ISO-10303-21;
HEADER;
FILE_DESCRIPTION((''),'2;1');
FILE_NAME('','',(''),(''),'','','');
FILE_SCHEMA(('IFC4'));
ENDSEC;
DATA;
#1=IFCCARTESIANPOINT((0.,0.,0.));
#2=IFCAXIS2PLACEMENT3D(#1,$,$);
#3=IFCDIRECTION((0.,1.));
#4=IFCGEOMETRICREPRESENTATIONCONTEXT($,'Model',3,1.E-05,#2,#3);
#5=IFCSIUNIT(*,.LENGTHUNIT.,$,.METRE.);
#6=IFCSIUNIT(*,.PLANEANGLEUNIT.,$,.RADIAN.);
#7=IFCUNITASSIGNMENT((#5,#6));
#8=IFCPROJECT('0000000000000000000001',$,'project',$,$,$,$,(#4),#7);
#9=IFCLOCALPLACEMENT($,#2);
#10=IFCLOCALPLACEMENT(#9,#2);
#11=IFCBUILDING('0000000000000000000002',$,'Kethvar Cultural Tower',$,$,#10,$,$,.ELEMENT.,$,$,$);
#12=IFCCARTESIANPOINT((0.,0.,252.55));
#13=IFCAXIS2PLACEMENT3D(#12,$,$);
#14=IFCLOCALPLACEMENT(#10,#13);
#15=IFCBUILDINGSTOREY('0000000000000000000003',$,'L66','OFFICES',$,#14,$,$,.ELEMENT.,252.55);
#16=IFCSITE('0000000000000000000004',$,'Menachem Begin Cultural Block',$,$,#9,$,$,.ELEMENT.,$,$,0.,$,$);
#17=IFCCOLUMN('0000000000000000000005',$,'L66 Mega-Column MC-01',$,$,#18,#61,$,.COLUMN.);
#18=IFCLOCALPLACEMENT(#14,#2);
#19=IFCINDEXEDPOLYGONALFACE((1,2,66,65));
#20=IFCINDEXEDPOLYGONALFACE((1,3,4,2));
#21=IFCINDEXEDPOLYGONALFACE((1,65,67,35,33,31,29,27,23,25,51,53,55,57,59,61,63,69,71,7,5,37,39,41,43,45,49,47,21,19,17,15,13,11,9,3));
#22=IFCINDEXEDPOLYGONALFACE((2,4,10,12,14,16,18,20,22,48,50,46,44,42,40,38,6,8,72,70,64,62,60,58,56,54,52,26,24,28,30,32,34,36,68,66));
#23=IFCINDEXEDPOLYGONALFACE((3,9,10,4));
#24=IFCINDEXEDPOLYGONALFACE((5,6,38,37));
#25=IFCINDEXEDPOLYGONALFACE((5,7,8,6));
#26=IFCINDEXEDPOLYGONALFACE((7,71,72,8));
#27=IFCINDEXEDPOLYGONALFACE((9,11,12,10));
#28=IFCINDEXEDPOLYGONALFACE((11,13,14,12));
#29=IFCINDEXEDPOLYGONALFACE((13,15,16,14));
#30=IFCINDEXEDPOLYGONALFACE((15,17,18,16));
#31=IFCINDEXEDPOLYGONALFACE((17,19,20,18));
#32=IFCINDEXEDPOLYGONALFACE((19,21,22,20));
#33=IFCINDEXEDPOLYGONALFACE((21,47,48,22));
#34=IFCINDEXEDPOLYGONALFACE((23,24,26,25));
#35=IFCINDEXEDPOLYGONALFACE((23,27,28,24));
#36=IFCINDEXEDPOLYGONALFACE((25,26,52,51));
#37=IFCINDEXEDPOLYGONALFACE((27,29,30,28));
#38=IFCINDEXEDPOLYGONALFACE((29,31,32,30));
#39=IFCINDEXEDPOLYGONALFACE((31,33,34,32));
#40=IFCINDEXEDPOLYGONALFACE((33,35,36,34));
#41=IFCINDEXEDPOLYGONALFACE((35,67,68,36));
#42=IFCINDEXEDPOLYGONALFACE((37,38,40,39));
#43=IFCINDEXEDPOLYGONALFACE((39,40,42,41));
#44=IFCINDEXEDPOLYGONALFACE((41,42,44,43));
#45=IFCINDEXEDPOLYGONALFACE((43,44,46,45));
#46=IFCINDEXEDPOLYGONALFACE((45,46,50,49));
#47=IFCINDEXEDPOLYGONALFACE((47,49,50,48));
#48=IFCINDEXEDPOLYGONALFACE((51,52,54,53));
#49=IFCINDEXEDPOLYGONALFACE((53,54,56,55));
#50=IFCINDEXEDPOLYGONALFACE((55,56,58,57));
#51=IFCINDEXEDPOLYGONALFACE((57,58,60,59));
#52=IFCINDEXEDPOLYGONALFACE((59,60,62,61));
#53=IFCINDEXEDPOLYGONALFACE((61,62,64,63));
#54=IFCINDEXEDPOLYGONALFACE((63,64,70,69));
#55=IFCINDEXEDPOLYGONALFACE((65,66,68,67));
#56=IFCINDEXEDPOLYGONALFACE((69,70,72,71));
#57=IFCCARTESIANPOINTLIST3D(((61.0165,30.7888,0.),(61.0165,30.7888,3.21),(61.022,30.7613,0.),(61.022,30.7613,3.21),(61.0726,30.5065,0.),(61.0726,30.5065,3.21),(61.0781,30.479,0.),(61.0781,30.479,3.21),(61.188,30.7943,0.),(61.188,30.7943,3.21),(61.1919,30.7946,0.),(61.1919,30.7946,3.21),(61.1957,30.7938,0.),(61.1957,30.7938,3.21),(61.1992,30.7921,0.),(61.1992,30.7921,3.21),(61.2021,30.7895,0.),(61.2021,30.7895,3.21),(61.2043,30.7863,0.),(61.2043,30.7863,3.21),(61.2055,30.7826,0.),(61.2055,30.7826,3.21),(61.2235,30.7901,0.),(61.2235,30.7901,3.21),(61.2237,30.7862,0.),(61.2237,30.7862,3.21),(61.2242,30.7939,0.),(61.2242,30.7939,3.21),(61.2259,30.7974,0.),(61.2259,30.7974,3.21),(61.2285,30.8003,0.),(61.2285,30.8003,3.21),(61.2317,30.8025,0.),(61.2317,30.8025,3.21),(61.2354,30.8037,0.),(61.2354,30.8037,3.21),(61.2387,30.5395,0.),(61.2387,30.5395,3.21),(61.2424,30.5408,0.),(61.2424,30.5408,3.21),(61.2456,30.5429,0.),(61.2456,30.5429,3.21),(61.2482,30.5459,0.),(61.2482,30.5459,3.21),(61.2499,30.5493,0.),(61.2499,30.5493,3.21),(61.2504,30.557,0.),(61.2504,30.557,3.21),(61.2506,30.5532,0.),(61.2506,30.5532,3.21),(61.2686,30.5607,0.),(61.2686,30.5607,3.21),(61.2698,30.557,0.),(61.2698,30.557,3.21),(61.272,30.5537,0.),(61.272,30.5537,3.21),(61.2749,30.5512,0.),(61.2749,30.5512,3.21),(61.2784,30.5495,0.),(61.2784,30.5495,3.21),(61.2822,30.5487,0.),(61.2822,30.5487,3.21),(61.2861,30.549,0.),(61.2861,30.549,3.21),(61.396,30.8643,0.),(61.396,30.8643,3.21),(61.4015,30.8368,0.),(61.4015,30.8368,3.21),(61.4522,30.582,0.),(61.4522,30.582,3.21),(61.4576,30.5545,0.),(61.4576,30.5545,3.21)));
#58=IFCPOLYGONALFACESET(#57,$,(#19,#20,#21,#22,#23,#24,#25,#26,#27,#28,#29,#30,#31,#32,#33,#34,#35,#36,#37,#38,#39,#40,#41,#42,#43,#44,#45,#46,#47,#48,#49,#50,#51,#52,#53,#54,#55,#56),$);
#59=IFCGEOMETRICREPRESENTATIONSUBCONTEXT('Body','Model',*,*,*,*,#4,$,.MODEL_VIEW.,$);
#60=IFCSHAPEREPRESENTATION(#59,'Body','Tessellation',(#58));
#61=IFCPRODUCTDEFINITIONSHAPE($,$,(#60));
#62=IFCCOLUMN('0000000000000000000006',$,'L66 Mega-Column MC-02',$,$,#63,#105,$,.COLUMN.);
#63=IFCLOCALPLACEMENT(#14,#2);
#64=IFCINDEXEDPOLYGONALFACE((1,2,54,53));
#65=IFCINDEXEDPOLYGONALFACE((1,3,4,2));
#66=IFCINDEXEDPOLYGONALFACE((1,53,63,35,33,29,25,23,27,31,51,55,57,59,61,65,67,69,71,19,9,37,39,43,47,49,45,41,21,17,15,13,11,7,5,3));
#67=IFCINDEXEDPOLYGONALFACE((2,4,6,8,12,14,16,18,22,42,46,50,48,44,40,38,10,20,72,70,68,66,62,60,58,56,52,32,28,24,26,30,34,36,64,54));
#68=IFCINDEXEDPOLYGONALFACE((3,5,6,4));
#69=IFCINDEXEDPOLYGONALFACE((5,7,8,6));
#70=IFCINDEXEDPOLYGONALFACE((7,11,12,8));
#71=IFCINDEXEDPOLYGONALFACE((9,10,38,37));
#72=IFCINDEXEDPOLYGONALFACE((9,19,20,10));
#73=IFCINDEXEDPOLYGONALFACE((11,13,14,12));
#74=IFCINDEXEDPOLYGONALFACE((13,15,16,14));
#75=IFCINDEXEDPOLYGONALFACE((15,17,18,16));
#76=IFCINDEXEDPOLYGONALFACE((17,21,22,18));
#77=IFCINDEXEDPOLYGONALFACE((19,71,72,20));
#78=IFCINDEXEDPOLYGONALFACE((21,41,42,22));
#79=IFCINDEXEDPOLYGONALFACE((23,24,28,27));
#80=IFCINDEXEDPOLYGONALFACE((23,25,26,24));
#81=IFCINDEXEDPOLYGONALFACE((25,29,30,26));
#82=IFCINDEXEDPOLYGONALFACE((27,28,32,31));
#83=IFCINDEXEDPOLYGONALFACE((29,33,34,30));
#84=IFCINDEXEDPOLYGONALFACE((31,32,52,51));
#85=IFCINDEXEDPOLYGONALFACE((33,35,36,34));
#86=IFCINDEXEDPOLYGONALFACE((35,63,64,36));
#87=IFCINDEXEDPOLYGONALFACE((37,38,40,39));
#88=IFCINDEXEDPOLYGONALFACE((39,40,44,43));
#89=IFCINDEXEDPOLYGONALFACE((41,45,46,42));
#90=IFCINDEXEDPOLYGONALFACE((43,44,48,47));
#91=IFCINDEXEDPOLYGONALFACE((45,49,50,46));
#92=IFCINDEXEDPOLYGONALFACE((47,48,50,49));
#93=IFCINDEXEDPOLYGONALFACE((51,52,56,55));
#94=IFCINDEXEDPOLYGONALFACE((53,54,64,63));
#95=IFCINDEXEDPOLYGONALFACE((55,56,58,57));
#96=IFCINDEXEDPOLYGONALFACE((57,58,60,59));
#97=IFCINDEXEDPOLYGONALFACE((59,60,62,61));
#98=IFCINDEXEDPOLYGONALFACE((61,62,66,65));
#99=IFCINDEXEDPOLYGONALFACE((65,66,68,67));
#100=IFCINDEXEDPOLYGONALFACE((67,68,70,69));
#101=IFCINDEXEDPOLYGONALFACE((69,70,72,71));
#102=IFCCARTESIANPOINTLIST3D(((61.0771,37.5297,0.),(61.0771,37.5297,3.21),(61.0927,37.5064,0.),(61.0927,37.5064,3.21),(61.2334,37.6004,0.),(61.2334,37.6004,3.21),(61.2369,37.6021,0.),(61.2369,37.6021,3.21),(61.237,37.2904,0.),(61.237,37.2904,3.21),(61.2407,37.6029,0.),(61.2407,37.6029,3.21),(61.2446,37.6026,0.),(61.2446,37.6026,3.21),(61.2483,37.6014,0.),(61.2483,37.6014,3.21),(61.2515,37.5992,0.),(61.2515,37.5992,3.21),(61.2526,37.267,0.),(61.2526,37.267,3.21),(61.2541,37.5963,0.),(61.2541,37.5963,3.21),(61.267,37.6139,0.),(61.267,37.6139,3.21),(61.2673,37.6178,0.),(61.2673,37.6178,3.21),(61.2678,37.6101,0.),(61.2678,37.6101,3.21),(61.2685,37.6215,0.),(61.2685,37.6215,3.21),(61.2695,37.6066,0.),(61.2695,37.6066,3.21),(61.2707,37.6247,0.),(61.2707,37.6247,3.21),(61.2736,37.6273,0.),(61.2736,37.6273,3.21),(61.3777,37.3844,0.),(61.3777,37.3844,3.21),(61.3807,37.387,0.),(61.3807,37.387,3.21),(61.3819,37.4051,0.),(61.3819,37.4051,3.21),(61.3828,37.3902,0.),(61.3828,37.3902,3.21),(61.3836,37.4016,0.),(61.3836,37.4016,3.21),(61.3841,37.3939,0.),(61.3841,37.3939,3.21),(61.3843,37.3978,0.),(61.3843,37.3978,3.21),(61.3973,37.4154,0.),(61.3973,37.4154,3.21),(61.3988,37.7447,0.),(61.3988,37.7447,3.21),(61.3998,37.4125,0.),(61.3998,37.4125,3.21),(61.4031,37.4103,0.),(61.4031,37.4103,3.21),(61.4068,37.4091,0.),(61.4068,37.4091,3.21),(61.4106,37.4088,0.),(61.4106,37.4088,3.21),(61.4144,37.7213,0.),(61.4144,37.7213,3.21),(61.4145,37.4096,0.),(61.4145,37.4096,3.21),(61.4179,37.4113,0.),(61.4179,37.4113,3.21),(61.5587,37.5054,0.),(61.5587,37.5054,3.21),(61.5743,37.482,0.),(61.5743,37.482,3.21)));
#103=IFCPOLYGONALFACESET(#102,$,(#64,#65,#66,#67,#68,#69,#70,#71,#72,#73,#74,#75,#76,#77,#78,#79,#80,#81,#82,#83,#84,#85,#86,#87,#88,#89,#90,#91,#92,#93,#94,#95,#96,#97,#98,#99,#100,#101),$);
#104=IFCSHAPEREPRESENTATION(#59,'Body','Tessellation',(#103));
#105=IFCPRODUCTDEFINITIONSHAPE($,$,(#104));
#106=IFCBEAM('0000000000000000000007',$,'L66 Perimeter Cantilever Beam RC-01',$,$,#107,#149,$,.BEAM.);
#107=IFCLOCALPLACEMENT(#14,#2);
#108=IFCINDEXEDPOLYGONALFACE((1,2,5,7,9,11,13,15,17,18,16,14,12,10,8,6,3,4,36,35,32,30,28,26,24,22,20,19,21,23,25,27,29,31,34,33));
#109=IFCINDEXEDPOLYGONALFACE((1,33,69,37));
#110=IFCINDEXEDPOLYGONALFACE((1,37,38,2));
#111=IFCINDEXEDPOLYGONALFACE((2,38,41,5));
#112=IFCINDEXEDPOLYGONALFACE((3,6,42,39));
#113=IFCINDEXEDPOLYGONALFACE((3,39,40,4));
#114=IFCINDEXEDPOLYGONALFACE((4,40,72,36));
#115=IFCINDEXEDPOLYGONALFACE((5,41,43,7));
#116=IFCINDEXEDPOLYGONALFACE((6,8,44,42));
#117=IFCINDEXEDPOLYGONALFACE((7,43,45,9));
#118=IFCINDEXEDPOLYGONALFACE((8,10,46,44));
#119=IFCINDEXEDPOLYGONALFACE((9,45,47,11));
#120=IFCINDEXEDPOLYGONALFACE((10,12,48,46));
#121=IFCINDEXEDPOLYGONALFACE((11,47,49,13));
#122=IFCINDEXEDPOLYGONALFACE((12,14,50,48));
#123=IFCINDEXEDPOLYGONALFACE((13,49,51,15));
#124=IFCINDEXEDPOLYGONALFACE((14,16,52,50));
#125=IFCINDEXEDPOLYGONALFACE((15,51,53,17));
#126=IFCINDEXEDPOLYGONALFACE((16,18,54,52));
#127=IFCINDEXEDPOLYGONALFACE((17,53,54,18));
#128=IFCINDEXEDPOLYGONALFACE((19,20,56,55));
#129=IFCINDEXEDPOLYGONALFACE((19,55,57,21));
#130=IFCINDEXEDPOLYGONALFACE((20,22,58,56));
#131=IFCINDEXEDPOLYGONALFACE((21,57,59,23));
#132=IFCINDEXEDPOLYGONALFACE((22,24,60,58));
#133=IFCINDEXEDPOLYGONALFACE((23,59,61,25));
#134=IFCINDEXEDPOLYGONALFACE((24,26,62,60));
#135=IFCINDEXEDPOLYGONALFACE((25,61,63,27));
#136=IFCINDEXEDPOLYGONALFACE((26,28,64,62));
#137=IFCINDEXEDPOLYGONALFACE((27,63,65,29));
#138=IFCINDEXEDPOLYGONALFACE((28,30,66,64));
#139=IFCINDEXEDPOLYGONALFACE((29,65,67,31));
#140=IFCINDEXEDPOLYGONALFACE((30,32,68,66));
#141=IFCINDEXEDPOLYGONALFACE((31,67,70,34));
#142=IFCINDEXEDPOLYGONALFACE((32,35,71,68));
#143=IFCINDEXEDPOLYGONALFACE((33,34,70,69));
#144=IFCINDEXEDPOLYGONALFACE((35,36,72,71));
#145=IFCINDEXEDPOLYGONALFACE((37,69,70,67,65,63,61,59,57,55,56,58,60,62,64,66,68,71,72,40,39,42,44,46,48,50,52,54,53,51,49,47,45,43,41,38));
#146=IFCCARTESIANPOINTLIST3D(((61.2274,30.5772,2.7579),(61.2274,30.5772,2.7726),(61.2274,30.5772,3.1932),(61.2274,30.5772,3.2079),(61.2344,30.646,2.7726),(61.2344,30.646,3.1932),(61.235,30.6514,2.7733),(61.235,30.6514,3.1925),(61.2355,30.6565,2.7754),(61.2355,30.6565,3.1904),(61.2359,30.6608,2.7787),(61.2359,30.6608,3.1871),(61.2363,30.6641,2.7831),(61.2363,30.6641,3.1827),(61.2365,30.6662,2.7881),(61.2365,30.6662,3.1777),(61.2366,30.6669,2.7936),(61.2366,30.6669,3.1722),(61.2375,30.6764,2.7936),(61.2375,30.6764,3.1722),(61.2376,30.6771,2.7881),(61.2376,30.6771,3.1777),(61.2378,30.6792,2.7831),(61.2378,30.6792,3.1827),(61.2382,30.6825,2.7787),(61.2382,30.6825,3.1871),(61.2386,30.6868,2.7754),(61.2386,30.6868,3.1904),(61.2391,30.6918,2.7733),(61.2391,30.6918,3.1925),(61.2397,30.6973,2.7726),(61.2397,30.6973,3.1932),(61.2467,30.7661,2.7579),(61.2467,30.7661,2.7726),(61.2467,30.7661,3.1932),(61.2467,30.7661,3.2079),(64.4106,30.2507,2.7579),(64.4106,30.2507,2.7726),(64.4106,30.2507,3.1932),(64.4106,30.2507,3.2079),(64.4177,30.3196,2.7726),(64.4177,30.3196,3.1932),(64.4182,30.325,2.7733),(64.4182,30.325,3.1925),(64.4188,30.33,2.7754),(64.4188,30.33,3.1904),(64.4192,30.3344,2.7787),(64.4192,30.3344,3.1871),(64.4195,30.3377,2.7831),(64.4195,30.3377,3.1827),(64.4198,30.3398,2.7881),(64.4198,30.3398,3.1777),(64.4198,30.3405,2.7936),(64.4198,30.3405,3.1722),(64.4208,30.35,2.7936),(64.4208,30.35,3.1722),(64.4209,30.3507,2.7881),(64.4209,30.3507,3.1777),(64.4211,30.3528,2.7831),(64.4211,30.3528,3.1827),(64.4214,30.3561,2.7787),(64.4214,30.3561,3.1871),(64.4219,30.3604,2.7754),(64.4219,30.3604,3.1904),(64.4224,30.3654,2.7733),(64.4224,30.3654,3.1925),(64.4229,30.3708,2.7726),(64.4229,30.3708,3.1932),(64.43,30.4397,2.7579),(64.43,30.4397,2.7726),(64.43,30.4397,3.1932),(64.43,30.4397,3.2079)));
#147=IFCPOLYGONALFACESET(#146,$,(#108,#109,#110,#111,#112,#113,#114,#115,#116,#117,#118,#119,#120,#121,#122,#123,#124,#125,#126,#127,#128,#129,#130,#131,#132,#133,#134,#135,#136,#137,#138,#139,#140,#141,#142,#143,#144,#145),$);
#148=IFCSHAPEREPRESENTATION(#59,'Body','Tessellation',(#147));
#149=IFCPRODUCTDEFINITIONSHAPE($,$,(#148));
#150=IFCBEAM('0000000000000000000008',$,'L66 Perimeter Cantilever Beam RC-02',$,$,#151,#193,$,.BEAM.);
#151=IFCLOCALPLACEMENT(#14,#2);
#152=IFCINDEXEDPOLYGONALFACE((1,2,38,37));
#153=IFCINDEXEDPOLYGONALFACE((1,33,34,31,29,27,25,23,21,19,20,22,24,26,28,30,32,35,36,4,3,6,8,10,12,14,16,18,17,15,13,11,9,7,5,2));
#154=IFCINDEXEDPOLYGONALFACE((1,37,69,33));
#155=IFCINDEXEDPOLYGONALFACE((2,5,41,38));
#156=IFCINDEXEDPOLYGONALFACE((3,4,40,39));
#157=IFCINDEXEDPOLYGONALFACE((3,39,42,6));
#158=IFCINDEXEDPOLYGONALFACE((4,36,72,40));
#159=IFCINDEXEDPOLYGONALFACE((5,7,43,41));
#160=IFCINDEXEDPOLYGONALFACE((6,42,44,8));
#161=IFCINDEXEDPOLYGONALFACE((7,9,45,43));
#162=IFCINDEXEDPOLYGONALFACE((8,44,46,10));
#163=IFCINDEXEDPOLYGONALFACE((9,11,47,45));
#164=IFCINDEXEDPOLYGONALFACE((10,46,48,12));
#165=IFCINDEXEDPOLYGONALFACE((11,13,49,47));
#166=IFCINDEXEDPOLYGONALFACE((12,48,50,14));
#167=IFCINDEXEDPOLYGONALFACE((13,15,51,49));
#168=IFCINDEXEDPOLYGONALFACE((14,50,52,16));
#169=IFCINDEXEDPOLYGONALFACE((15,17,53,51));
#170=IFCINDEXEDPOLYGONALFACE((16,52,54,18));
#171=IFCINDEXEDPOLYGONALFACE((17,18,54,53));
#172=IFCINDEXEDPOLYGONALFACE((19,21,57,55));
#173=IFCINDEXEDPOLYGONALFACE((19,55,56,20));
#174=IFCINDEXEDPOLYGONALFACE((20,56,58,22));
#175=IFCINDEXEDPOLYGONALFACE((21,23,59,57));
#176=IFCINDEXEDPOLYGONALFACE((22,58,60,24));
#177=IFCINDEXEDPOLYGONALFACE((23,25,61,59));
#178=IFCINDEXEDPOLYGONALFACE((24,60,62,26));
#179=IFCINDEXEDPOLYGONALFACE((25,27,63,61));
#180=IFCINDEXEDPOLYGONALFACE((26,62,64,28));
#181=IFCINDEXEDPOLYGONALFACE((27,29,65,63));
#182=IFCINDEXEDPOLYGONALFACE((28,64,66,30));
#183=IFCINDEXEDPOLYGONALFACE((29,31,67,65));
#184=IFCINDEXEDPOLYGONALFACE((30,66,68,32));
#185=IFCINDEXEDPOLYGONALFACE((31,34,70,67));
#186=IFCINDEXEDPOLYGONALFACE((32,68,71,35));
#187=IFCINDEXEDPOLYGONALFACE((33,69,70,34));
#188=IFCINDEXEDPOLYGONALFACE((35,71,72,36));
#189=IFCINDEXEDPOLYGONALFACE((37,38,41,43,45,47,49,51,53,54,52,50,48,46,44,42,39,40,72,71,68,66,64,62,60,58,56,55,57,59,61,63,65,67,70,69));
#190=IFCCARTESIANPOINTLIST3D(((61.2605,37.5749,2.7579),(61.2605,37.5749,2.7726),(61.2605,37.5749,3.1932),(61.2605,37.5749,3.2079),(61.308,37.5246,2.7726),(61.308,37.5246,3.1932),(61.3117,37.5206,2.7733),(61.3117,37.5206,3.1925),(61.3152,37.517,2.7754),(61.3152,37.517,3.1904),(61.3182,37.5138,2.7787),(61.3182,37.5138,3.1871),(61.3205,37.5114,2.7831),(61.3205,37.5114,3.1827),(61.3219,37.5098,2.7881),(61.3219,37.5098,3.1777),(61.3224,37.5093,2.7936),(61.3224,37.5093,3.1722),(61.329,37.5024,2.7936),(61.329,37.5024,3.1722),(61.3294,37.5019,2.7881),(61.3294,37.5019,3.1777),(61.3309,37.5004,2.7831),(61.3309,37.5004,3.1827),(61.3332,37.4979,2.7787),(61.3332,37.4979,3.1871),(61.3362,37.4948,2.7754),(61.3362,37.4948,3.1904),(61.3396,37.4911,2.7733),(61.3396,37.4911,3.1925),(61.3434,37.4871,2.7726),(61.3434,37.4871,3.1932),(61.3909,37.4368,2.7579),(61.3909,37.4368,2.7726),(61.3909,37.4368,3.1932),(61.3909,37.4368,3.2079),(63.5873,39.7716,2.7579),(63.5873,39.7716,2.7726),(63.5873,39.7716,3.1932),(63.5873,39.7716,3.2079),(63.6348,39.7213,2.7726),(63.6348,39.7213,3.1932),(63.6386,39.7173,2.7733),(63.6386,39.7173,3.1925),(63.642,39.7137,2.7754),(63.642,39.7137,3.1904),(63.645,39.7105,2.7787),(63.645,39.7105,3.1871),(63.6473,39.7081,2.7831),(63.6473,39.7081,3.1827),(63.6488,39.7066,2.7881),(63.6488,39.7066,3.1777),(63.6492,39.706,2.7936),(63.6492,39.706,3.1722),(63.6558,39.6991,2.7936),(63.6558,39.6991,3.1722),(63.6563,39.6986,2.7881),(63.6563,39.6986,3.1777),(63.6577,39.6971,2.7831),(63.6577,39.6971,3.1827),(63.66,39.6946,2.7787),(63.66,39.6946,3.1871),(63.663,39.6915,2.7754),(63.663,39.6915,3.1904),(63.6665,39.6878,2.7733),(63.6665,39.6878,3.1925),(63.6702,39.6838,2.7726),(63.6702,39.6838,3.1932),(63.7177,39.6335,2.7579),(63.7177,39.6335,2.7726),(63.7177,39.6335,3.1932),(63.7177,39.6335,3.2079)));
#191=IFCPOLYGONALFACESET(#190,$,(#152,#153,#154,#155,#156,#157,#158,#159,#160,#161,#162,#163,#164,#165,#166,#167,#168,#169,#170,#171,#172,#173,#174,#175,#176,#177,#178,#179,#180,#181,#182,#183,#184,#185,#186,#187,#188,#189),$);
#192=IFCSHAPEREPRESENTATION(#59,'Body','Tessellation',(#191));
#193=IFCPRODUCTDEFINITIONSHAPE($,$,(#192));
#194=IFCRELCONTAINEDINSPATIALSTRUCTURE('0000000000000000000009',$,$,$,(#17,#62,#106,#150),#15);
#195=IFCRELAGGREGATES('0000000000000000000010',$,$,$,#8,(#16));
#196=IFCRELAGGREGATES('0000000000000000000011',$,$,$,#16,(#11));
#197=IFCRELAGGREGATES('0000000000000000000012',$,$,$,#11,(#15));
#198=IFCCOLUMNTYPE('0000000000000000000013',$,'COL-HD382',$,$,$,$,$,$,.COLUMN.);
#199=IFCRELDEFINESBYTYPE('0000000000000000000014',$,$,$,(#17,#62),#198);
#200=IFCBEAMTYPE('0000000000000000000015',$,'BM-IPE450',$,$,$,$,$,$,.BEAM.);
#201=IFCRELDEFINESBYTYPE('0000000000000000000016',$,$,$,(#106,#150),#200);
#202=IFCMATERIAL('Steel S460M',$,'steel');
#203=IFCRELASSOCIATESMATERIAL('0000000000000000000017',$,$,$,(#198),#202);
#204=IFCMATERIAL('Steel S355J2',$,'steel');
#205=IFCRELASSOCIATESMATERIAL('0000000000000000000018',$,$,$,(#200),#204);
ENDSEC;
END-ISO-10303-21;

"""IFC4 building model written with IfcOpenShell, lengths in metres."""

from ifc_helpers import new_model, si_unit, direction, frame, origin, origin_2d, place, context, subcontext, project, spatial, i_section, extrude, source, transform, mapped, material, material_profile, profile_set, type_object, element, save


model = new_model("IFC4")

# Units and contexts
model_context = context("Model", 3, precision=1e-05, world=origin(), true_north=direction((0.0, 1.0)))
body_context = subcontext(model_context, "Body", "Model", "MODEL_VIEW")
ifc_project = project(units=[si_unit("LENGTHUNIT", "METRE"), si_unit("PLANEANGLEUNIT", "RADIAN")], contexts=[model_context])

# Site, building, storey
site_placement = place(None, origin())
site = spatial("IfcSite", under=ifc_project, at=site_placement, Name="Menachem Begin Cultural Block", CompositionType="ELEMENT", RefElevation=0.0)
building_placement = place(site_placement, origin())
building = spatial("IfcBuilding", under=site, at=building_placement, Name="Kethvar Cultural Tower", CompositionType="ELEMENT")
storey_placement = place(building_placement, frame((0.0, 0.0, 252.55)))
storey = spatial("IfcBuildingStorey", under=building, at=storey_placement, Name="L66", Description="OFFICES", CompositionType="ELEMENT", Elevation=252.55)

# Columns
ifc_material_1 = material(Name="Steel S460M", Category="steel")
ifc_material_profile_1 = material_profile(ifc_material_1, i_section(OverallWidth=0.387, OverallDepth=0.3159, WebThickness=0.0186, FlangeThickness=0.0281, FilletRadius=0.0149, at=origin_2d()), Name="Steel S460M — HD400x382")
ifc_profile_set_1 = profile_set([ifc_material_profile_1], Name="Steel S460M — HD400x382")
column_type = type_object("IfcColumnType", Name="COL-HD382", PredefinedType="COLUMN", material=ifc_profile_set_1)
shared_shape_1 = source(origin(), body_context, "Body", "SweptSolid", [
    extrude(i_section(OverallWidth=0.387, OverallDepth=0.3159, WebThickness=0.0186, FlangeThickness=0.0281, FilletRadius=0.0149, at=origin_2d()), origin(), (0.0, 0.0, 1.0), 3.21),
])
for number, where, z_axis, x_axis, name in (
    (1, (61.2371, 30.6716, 0.0), (0.0, 0.0, 1.0), (0.980785, 0.19509, 0.0), "L66 Mega-Column MC-01"),
    (2, (61.3257, 37.5059, 0.0), (0.0, 0.0, 1.0), (0.83147, 0.55557, 0.0), "L66 Mega-Column MC-02"),
):
    element("IfcColumn", number, at=place(storey_placement, frame(where, z_axis=z_axis, x_axis=x_axis)), inside=storey, type_object=column_type, Name=name, PredefinedType="COLUMN", context=body_context, shape_type="MappedRepresentation", body=[
        mapped(shared_shape_1, transform((0.0, 0.0, 0.0), scale=1.0)),
    ])

# Beams
ifc_material_2 = material(Name="Steel S355J2", Category="steel")
ifc_material_profile_2 = material_profile(ifc_material_2, i_section(OverallWidth=0.1899, OverallDepth=0.45, WebThickness=0.0095, FlangeThickness=0.0146, FilletRadius=0.021, at=origin_2d()), Name="Steel S355J2 — IPE450")
ifc_profile_set_2 = profile_set([ifc_material_profile_2], Name="Steel S355J2 — IPE450")
beam_type_1 = type_object("IfcBeamType", Name="BM-IPE450", PredefinedType="BEAM", material=ifc_profile_set_2)
shared_shape_2 = source(origin(), body_context, "Body", "SweptSolid", [
    extrude(i_section(OverallWidth=0.1899, OverallDepth=0.45, WebThickness=0.0095, FlangeThickness=0.0146, FilletRadius=0.021, at=origin_2d()), origin(), (0.0, 0.0, 1.0), 3.2),
])
for number, where, z_axis, x_axis, name in (
    (3, (61.2371, 30.6716, 2.9829), (0.994784, -0.102004, 0.0), (0.102004, 0.994784, 0.0), "L66 Perimeter Cantilever Beam RC-01"),
    (4, (61.3257, 37.5059, 2.9829), (0.727146, 0.686482, 0.0), (-0.686482, 0.727146, 0.0), "L66 Perimeter Cantilever Beam RC-02"),
):
    element("IfcBeam", number, at=place(storey_placement, frame(where, z_axis=z_axis, x_axis=x_axis)), inside=storey, type_object=beam_type_1, Name=name, PredefinedType="BEAM", context=body_context, shape_type="MappedRepresentation", body=[
        mapped(shared_shape_2, transform((0.0, 0.0, 0.0), scale=1.0)),
    ])

save(model, "model.ifc")
